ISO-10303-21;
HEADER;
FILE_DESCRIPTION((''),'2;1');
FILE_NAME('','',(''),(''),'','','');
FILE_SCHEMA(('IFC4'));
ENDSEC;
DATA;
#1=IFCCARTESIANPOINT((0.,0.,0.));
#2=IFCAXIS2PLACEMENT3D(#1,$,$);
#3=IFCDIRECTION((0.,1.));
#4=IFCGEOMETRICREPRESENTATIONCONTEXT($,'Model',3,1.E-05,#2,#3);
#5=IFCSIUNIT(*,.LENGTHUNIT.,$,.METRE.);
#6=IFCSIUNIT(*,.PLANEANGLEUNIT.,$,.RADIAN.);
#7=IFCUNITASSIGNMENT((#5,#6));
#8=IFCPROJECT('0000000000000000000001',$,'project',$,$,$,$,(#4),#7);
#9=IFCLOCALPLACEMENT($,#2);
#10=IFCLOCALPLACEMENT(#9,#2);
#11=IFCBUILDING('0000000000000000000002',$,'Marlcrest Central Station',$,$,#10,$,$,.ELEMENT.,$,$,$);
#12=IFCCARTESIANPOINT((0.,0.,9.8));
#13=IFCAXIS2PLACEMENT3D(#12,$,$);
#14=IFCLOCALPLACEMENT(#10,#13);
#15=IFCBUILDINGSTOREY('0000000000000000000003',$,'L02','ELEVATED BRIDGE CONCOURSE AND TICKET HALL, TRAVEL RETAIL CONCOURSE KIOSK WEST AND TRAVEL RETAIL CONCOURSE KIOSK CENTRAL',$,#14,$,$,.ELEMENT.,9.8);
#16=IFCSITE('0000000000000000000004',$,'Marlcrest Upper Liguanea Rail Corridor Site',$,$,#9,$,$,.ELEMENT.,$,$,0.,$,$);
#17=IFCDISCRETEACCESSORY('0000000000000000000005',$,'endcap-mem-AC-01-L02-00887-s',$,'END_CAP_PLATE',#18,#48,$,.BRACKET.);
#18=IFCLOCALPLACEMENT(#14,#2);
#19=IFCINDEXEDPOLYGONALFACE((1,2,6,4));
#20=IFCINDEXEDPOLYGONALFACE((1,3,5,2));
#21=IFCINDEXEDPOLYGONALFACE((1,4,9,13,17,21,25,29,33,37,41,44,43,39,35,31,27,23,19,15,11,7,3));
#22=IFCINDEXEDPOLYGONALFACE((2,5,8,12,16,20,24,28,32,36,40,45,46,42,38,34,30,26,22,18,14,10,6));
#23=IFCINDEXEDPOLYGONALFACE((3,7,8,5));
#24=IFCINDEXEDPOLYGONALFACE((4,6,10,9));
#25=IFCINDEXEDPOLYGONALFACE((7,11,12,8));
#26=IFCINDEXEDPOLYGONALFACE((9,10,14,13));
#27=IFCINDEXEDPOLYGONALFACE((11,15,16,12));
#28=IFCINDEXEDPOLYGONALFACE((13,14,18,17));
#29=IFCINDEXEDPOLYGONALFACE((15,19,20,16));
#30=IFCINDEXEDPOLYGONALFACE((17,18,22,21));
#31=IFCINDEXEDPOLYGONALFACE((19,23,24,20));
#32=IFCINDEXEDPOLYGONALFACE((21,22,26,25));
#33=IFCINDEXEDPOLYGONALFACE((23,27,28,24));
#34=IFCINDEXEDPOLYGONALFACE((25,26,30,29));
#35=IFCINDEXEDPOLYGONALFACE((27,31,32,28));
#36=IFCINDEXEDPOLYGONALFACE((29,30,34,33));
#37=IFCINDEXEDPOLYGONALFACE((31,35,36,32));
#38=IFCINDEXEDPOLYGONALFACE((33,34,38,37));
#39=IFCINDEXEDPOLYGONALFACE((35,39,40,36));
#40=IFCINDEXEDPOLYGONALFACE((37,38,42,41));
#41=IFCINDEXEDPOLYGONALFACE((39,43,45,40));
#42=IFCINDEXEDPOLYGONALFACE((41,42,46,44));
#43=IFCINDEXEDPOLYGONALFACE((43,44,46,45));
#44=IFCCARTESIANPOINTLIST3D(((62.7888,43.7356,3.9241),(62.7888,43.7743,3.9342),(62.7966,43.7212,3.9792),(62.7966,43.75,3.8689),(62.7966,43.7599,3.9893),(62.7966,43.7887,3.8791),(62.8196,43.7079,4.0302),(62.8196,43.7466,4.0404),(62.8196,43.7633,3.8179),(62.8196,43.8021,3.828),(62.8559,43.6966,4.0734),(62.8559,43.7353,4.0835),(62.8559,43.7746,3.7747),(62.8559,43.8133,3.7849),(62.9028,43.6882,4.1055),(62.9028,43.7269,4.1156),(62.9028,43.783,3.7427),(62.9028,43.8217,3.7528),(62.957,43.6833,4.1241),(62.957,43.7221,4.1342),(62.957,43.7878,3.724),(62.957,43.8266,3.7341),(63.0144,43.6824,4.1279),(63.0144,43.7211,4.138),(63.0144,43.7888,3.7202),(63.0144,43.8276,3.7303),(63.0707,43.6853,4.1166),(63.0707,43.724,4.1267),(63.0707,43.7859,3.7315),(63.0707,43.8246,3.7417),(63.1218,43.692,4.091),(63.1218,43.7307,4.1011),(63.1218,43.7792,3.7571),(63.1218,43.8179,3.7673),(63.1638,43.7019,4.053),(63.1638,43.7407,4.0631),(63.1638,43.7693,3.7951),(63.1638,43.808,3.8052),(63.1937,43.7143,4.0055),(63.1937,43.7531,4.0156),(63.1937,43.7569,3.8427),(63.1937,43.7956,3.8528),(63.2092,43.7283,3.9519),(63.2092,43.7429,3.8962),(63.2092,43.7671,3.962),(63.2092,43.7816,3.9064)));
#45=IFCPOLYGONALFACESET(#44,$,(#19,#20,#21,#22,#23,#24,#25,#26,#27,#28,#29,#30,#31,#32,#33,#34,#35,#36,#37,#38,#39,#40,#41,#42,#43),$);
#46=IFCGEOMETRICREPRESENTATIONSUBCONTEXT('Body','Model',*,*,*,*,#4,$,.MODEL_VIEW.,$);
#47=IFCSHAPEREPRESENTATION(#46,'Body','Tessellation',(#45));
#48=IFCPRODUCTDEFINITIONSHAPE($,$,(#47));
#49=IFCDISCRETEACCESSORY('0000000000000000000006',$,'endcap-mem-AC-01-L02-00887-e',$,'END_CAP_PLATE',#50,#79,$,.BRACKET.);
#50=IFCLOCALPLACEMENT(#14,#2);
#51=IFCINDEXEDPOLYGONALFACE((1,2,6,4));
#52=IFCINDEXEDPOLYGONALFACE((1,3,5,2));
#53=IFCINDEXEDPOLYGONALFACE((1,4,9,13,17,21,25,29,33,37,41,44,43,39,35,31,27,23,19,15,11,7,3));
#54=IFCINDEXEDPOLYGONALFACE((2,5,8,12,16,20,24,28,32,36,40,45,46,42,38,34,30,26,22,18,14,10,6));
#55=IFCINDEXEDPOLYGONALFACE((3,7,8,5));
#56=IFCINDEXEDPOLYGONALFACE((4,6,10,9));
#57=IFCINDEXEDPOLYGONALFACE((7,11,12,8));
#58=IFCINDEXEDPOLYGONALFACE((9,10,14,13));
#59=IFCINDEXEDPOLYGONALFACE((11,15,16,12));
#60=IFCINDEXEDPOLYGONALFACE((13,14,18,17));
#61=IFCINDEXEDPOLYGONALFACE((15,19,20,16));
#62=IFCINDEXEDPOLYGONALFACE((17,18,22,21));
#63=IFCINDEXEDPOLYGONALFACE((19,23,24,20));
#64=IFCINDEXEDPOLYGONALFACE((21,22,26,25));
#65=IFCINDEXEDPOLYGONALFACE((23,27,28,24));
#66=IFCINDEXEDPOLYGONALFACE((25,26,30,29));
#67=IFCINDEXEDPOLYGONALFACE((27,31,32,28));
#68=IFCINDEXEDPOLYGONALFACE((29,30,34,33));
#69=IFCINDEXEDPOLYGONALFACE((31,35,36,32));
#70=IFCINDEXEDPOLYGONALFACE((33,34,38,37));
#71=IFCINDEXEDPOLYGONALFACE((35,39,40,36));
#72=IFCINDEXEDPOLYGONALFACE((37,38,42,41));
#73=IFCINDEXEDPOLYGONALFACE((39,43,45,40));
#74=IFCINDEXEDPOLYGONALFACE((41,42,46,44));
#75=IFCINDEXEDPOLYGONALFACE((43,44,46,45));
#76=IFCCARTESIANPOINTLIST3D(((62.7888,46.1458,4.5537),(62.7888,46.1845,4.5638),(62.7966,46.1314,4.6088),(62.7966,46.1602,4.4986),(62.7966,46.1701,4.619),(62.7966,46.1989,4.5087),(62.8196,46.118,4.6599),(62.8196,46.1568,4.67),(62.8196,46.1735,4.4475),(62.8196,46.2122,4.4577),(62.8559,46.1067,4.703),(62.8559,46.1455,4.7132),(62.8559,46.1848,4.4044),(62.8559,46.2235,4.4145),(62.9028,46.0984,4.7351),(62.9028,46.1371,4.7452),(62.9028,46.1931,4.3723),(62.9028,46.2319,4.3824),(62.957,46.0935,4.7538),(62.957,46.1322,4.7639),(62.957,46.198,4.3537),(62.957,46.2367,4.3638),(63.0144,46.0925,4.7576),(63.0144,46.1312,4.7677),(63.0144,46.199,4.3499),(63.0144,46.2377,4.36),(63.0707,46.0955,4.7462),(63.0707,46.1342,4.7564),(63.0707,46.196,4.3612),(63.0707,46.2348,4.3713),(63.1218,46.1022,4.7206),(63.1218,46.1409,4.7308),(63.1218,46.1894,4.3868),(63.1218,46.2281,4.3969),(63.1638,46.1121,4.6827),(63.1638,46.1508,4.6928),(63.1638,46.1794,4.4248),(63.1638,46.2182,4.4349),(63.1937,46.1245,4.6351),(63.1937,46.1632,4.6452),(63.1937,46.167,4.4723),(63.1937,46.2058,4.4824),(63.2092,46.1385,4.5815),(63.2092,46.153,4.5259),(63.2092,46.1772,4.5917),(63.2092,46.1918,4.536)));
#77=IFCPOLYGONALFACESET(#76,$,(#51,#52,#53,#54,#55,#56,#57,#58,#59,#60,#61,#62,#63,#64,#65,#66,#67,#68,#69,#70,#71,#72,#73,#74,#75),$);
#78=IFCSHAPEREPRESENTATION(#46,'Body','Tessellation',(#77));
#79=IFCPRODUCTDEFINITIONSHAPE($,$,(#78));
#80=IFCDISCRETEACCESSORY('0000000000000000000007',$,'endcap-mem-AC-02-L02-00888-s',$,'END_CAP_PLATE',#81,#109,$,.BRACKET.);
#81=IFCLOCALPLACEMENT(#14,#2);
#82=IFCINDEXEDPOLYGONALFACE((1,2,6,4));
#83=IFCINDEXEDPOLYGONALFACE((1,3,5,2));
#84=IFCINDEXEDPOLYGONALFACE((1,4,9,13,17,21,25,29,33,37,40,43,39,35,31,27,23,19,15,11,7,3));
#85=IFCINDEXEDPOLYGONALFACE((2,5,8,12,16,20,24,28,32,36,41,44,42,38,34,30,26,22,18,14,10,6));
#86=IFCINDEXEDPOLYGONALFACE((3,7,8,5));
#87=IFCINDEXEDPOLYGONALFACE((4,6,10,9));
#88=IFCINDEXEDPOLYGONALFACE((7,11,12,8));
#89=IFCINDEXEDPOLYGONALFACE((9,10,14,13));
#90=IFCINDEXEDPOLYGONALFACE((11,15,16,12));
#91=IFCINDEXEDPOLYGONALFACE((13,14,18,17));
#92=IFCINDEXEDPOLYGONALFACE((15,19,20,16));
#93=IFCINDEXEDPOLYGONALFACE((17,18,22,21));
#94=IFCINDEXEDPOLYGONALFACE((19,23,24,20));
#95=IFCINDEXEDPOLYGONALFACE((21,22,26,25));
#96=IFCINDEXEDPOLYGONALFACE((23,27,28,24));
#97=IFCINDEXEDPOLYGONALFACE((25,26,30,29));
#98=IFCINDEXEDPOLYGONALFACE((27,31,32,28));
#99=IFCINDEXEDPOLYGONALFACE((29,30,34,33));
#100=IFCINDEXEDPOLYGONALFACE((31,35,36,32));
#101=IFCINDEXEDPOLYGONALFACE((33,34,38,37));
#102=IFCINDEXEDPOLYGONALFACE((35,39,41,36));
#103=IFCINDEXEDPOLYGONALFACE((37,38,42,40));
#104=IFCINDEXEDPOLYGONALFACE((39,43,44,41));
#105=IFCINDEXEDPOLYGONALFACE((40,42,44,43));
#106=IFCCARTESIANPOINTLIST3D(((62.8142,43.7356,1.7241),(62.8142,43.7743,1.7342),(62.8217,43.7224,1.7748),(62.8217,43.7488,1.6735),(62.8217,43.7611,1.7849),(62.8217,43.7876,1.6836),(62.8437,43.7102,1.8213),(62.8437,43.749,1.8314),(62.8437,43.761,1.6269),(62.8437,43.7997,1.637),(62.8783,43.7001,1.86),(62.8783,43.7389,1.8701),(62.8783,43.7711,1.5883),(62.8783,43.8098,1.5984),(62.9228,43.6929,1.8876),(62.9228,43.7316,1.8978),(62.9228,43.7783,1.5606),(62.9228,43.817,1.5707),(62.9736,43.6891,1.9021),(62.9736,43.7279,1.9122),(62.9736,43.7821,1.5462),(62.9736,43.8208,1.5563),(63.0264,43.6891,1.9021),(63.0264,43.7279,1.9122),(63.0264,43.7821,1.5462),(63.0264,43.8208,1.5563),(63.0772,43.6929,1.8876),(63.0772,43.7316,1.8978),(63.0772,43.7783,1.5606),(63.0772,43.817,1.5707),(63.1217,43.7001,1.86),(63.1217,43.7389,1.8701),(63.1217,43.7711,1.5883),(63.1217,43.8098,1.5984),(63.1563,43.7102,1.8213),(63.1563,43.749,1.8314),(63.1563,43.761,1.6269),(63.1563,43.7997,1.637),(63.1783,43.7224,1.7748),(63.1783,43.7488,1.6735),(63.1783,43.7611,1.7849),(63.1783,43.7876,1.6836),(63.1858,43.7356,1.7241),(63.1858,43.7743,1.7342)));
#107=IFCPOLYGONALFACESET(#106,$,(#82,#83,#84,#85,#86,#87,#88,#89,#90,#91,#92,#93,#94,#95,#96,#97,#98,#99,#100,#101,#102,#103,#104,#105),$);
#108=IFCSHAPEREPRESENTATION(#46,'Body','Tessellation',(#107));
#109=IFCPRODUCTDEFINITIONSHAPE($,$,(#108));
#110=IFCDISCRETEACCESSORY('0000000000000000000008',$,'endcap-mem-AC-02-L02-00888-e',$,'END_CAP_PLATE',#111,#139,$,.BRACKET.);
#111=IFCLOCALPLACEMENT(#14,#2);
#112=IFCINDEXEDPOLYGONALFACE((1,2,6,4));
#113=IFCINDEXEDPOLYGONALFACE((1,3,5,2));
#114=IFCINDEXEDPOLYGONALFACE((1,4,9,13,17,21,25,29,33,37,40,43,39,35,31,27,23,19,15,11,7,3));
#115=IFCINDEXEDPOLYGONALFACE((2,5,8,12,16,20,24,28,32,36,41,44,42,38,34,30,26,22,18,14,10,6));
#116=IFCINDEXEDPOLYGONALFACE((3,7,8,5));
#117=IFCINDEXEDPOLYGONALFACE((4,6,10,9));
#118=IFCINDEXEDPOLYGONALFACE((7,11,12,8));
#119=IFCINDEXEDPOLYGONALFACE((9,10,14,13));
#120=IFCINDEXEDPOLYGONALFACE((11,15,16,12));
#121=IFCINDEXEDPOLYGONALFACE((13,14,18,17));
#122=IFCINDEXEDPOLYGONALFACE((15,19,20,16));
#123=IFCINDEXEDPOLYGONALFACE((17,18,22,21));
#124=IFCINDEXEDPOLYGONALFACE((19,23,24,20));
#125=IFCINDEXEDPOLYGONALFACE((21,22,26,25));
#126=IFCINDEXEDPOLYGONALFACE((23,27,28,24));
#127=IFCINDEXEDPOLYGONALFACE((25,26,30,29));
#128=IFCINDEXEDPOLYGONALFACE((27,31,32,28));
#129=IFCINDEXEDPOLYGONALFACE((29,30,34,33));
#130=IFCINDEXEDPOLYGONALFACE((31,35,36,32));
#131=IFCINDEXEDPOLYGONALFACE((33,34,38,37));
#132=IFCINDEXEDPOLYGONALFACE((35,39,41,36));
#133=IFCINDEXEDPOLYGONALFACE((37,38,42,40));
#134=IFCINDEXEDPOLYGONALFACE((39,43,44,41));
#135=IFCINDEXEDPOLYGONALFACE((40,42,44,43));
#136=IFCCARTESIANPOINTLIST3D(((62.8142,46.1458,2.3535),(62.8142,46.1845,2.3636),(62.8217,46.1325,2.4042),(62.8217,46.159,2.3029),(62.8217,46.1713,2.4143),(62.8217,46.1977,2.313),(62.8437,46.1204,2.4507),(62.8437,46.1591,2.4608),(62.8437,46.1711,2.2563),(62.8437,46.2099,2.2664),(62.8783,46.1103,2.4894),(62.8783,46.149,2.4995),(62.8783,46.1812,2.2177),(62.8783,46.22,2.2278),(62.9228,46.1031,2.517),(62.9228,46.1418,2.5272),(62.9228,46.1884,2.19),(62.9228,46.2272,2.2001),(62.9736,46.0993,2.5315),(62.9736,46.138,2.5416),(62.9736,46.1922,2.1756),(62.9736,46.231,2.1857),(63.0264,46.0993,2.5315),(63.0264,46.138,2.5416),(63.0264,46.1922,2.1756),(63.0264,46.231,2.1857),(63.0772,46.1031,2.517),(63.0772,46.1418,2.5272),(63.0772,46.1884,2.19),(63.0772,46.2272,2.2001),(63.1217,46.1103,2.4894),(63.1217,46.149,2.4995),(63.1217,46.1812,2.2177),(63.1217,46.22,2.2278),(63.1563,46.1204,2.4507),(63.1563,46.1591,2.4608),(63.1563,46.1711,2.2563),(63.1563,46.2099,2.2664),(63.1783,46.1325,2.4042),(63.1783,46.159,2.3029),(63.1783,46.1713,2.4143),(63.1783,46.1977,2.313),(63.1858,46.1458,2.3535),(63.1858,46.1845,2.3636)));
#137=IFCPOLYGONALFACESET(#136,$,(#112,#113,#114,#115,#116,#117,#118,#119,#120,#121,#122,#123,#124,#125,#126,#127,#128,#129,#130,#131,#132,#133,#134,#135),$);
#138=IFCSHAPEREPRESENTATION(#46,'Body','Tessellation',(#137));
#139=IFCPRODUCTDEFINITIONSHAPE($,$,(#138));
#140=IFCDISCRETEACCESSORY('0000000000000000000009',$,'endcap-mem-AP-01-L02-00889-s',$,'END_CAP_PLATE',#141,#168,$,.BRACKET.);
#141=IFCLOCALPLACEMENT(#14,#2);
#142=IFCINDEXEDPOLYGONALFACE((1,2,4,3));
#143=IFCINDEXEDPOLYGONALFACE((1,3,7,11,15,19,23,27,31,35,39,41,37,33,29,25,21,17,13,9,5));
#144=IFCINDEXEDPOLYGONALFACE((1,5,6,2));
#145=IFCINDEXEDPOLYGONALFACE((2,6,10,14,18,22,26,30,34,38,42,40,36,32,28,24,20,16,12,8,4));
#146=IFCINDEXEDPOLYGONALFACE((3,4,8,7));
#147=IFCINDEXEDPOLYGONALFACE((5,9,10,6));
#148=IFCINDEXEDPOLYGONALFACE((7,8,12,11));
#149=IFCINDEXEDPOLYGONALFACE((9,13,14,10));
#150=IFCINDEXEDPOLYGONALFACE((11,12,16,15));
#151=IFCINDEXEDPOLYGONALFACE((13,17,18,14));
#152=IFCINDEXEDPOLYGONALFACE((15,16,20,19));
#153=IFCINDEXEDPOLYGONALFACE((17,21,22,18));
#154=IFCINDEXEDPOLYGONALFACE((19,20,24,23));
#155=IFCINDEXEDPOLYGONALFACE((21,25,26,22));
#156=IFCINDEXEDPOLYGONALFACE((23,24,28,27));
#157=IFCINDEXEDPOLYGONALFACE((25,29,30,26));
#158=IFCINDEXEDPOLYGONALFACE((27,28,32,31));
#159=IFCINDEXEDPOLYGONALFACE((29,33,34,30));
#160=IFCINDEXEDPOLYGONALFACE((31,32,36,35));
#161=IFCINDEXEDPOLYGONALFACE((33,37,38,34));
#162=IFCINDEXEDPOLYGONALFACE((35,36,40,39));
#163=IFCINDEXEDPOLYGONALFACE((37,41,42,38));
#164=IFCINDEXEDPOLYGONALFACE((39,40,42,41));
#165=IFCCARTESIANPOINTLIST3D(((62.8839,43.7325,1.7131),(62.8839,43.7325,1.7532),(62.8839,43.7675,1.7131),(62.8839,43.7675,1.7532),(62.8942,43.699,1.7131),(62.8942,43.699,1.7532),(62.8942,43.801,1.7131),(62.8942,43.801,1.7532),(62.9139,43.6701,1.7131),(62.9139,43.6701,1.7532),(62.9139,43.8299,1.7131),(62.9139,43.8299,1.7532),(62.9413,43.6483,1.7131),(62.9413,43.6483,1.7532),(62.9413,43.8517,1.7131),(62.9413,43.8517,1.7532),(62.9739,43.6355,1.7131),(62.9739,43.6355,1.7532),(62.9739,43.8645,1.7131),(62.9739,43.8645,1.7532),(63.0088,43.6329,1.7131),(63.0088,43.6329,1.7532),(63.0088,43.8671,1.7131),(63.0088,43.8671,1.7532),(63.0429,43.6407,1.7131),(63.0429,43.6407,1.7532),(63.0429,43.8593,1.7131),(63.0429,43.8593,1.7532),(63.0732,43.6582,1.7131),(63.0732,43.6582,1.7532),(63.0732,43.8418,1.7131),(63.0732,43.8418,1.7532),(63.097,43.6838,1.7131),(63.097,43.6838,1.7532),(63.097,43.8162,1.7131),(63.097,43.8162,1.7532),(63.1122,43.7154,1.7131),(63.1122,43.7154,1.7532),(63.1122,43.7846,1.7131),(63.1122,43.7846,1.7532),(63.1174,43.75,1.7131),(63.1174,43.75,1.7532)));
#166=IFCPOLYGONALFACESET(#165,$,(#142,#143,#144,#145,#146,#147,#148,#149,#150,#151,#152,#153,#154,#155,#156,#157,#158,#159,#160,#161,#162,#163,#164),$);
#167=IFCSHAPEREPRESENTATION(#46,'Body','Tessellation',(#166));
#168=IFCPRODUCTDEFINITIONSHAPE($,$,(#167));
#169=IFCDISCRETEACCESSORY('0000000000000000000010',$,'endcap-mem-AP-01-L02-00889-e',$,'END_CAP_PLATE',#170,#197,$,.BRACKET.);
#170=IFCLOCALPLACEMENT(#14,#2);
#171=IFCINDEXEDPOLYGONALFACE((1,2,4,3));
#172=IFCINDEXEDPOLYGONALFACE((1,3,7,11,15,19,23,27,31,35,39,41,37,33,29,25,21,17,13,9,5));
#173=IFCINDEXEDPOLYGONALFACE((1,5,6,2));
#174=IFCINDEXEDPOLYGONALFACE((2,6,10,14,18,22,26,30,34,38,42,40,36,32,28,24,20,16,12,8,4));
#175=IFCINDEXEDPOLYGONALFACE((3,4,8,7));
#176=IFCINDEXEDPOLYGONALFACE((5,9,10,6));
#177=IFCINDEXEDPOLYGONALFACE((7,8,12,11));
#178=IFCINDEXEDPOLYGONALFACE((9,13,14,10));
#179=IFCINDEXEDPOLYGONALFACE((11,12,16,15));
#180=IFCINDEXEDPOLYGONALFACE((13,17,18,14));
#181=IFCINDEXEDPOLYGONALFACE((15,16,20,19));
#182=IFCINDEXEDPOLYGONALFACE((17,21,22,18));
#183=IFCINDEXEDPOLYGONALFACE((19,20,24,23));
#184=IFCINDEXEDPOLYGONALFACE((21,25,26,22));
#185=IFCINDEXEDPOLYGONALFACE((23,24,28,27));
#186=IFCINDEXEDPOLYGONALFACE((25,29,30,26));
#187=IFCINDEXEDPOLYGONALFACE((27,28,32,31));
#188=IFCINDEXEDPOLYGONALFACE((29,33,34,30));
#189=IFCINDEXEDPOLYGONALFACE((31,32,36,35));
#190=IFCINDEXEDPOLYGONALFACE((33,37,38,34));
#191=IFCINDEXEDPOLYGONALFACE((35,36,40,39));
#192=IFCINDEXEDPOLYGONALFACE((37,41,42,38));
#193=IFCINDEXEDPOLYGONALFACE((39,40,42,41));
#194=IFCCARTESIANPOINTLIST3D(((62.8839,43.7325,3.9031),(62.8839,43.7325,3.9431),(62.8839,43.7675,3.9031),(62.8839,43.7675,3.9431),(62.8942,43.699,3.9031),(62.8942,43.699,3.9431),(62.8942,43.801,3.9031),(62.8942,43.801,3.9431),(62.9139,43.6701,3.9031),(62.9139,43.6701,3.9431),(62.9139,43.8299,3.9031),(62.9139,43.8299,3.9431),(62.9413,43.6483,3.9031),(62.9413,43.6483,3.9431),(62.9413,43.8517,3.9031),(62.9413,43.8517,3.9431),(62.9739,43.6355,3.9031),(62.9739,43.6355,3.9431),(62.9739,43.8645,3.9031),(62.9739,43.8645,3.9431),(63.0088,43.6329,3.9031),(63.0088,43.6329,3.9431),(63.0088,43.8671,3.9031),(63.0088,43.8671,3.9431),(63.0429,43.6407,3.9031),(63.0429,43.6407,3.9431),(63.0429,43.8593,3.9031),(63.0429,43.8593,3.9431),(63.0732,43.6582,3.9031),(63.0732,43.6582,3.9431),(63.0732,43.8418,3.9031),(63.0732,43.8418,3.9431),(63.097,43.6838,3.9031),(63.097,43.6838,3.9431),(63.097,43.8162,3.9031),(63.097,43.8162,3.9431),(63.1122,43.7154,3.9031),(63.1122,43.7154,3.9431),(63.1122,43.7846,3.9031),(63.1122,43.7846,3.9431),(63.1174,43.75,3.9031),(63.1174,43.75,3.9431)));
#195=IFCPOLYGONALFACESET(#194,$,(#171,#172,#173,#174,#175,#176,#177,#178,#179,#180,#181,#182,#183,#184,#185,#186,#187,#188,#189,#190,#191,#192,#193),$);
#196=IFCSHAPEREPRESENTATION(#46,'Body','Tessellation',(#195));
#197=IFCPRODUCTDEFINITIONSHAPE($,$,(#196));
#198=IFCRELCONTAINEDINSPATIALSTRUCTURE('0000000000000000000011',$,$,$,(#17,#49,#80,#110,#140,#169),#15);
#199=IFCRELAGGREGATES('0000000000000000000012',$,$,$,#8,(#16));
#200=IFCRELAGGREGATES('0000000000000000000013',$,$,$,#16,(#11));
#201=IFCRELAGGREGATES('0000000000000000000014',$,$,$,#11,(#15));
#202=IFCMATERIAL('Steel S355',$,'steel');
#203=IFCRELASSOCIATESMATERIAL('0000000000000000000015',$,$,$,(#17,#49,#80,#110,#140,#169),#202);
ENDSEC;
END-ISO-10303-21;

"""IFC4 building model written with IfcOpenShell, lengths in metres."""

from ifc_helpers import new_model, si_unit, direction, frame, origin, origin_2d, place, context, subcontext, project, spatial, circle, extrude, material, element, save


model = new_model("IFC4")

# Units and contexts
model_context = context("Model", 3, precision=1e-05, world=origin(), true_north=direction((0.0, 1.0)))
body_context = subcontext(model_context, "Body", "Model", "MODEL_VIEW")
ifc_project = project(units=[si_unit("LENGTHUNIT", "METRE"), si_unit("PLANEANGLEUNIT", "RADIAN")], contexts=[model_context])

# Site, building, storey
site_placement = place(None, origin())
site = spatial("IfcSite", under=ifc_project, at=site_placement, Name="Marlcrest Upper Liguanea Rail Corridor Site", CompositionType="ELEMENT", RefElevation=0.0)
building_placement = place(site_placement, origin())
building = spatial("IfcBuilding", under=site, at=building_placement, Name="Marlcrest Central Station", CompositionType="ELEMENT")
storey_placement = place(building_placement, frame((0.0, 0.0, 9.8)))
storey = spatial("IfcBuildingStorey", under=building, at=storey_placement, Name="L02", Description="ELEVATED BRIDGE CONCOURSE AND TICKET HALL, TRAVEL RETAIL CONCOURSE KIOSK WEST AND TRAVEL RETAIL CONCOURSE KIOSK CENTRAL", CompositionType="ELEMENT", Elevation=9.8)

# Shared definitions
ifc_material_1 = material(Name="Steel S355", Category="steel")

# Discrete accessories
for number, where, z_axis, x_axis, name in (
    (1, (63.0, 43.7356, 3.9241), (0.0, 0.967539, 0.25272), (-1.0, 0.0, 0.0), "endcap-mem-AC-01-L02-00887-s"),
    (2, (63.0, 46.1458, 4.5537), (0.0, 0.967539, 0.25272), (-1.0, 0.0, 0.0), "endcap-mem-AC-01-L02-00887-e"),
):
    element("IfcDiscreteAccessory", number, at=place(storey_placement, frame(where, z_axis=z_axis, x_axis=x_axis)), inside=storey, material=ifc_material_1, Name=name, ObjectType="END_CAP_PLATE", PredefinedType="BRACKET", context=body_context, shape_type="SweptSolid", body=[
        extrude(circle(Radius=0.2112, at=origin_2d()), origin(), (0.0, 0.0, 1.0), 0.04),
    ])
for number, where, z_axis, x_axis, name in (
    (3, (63.0, 43.7356, 1.7241), (0.0, 0.967563, 0.252629), (-1.0, 0.0, 0.0), "endcap-mem-AC-02-L02-00888-s"),
    (4, (63.0, 46.1458, 2.3535), (0.0, 0.967563, 0.252629), (-1.0, 0.0, 0.0), "endcap-mem-AC-02-L02-00888-e"),
):
    element("IfcDiscreteAccessory", number, at=place(storey_placement, frame(where, z_axis=z_axis, x_axis=x_axis)), inside=storey, material=ifc_material_1, Name=name, ObjectType="END_CAP_PLATE", PredefinedType="BRACKET", context=body_context, shape_type="SweptSolid", body=[
        extrude(circle(Radius=0.1858, at=origin_2d()), origin(), (0.0, 0.0, 1.0), 0.04),
    ])
for number, where, z_axis, x_axis, name in (
    (5, (63.0, 43.75, 1.7131), (0.0, 0.0, 1.0), (1.0, 0.0, 0.0), "endcap-mem-AP-01-L02-00889-s"),
    (6, (63.0, 43.75, 3.9031), (0.0, 0.0, 1.0), (1.0, 0.0, 0.0), "endcap-mem-AP-01-L02-00889-e"),
):
    element("IfcDiscreteAccessory", number, at=place(storey_placement, frame(where, z_axis=z_axis, x_axis=x_axis)), inside=storey, material=ifc_material_1, Name=name, ObjectType="END_CAP_PLATE", PredefinedType="BRACKET", context=body_context, shape_type="SweptSolid", body=[
        extrude(circle(Radius=0.1174, at=origin_2d()), origin(), (0.0, 0.0, 1.0), 0.04),
    ])

save(model, "model.ifc")
